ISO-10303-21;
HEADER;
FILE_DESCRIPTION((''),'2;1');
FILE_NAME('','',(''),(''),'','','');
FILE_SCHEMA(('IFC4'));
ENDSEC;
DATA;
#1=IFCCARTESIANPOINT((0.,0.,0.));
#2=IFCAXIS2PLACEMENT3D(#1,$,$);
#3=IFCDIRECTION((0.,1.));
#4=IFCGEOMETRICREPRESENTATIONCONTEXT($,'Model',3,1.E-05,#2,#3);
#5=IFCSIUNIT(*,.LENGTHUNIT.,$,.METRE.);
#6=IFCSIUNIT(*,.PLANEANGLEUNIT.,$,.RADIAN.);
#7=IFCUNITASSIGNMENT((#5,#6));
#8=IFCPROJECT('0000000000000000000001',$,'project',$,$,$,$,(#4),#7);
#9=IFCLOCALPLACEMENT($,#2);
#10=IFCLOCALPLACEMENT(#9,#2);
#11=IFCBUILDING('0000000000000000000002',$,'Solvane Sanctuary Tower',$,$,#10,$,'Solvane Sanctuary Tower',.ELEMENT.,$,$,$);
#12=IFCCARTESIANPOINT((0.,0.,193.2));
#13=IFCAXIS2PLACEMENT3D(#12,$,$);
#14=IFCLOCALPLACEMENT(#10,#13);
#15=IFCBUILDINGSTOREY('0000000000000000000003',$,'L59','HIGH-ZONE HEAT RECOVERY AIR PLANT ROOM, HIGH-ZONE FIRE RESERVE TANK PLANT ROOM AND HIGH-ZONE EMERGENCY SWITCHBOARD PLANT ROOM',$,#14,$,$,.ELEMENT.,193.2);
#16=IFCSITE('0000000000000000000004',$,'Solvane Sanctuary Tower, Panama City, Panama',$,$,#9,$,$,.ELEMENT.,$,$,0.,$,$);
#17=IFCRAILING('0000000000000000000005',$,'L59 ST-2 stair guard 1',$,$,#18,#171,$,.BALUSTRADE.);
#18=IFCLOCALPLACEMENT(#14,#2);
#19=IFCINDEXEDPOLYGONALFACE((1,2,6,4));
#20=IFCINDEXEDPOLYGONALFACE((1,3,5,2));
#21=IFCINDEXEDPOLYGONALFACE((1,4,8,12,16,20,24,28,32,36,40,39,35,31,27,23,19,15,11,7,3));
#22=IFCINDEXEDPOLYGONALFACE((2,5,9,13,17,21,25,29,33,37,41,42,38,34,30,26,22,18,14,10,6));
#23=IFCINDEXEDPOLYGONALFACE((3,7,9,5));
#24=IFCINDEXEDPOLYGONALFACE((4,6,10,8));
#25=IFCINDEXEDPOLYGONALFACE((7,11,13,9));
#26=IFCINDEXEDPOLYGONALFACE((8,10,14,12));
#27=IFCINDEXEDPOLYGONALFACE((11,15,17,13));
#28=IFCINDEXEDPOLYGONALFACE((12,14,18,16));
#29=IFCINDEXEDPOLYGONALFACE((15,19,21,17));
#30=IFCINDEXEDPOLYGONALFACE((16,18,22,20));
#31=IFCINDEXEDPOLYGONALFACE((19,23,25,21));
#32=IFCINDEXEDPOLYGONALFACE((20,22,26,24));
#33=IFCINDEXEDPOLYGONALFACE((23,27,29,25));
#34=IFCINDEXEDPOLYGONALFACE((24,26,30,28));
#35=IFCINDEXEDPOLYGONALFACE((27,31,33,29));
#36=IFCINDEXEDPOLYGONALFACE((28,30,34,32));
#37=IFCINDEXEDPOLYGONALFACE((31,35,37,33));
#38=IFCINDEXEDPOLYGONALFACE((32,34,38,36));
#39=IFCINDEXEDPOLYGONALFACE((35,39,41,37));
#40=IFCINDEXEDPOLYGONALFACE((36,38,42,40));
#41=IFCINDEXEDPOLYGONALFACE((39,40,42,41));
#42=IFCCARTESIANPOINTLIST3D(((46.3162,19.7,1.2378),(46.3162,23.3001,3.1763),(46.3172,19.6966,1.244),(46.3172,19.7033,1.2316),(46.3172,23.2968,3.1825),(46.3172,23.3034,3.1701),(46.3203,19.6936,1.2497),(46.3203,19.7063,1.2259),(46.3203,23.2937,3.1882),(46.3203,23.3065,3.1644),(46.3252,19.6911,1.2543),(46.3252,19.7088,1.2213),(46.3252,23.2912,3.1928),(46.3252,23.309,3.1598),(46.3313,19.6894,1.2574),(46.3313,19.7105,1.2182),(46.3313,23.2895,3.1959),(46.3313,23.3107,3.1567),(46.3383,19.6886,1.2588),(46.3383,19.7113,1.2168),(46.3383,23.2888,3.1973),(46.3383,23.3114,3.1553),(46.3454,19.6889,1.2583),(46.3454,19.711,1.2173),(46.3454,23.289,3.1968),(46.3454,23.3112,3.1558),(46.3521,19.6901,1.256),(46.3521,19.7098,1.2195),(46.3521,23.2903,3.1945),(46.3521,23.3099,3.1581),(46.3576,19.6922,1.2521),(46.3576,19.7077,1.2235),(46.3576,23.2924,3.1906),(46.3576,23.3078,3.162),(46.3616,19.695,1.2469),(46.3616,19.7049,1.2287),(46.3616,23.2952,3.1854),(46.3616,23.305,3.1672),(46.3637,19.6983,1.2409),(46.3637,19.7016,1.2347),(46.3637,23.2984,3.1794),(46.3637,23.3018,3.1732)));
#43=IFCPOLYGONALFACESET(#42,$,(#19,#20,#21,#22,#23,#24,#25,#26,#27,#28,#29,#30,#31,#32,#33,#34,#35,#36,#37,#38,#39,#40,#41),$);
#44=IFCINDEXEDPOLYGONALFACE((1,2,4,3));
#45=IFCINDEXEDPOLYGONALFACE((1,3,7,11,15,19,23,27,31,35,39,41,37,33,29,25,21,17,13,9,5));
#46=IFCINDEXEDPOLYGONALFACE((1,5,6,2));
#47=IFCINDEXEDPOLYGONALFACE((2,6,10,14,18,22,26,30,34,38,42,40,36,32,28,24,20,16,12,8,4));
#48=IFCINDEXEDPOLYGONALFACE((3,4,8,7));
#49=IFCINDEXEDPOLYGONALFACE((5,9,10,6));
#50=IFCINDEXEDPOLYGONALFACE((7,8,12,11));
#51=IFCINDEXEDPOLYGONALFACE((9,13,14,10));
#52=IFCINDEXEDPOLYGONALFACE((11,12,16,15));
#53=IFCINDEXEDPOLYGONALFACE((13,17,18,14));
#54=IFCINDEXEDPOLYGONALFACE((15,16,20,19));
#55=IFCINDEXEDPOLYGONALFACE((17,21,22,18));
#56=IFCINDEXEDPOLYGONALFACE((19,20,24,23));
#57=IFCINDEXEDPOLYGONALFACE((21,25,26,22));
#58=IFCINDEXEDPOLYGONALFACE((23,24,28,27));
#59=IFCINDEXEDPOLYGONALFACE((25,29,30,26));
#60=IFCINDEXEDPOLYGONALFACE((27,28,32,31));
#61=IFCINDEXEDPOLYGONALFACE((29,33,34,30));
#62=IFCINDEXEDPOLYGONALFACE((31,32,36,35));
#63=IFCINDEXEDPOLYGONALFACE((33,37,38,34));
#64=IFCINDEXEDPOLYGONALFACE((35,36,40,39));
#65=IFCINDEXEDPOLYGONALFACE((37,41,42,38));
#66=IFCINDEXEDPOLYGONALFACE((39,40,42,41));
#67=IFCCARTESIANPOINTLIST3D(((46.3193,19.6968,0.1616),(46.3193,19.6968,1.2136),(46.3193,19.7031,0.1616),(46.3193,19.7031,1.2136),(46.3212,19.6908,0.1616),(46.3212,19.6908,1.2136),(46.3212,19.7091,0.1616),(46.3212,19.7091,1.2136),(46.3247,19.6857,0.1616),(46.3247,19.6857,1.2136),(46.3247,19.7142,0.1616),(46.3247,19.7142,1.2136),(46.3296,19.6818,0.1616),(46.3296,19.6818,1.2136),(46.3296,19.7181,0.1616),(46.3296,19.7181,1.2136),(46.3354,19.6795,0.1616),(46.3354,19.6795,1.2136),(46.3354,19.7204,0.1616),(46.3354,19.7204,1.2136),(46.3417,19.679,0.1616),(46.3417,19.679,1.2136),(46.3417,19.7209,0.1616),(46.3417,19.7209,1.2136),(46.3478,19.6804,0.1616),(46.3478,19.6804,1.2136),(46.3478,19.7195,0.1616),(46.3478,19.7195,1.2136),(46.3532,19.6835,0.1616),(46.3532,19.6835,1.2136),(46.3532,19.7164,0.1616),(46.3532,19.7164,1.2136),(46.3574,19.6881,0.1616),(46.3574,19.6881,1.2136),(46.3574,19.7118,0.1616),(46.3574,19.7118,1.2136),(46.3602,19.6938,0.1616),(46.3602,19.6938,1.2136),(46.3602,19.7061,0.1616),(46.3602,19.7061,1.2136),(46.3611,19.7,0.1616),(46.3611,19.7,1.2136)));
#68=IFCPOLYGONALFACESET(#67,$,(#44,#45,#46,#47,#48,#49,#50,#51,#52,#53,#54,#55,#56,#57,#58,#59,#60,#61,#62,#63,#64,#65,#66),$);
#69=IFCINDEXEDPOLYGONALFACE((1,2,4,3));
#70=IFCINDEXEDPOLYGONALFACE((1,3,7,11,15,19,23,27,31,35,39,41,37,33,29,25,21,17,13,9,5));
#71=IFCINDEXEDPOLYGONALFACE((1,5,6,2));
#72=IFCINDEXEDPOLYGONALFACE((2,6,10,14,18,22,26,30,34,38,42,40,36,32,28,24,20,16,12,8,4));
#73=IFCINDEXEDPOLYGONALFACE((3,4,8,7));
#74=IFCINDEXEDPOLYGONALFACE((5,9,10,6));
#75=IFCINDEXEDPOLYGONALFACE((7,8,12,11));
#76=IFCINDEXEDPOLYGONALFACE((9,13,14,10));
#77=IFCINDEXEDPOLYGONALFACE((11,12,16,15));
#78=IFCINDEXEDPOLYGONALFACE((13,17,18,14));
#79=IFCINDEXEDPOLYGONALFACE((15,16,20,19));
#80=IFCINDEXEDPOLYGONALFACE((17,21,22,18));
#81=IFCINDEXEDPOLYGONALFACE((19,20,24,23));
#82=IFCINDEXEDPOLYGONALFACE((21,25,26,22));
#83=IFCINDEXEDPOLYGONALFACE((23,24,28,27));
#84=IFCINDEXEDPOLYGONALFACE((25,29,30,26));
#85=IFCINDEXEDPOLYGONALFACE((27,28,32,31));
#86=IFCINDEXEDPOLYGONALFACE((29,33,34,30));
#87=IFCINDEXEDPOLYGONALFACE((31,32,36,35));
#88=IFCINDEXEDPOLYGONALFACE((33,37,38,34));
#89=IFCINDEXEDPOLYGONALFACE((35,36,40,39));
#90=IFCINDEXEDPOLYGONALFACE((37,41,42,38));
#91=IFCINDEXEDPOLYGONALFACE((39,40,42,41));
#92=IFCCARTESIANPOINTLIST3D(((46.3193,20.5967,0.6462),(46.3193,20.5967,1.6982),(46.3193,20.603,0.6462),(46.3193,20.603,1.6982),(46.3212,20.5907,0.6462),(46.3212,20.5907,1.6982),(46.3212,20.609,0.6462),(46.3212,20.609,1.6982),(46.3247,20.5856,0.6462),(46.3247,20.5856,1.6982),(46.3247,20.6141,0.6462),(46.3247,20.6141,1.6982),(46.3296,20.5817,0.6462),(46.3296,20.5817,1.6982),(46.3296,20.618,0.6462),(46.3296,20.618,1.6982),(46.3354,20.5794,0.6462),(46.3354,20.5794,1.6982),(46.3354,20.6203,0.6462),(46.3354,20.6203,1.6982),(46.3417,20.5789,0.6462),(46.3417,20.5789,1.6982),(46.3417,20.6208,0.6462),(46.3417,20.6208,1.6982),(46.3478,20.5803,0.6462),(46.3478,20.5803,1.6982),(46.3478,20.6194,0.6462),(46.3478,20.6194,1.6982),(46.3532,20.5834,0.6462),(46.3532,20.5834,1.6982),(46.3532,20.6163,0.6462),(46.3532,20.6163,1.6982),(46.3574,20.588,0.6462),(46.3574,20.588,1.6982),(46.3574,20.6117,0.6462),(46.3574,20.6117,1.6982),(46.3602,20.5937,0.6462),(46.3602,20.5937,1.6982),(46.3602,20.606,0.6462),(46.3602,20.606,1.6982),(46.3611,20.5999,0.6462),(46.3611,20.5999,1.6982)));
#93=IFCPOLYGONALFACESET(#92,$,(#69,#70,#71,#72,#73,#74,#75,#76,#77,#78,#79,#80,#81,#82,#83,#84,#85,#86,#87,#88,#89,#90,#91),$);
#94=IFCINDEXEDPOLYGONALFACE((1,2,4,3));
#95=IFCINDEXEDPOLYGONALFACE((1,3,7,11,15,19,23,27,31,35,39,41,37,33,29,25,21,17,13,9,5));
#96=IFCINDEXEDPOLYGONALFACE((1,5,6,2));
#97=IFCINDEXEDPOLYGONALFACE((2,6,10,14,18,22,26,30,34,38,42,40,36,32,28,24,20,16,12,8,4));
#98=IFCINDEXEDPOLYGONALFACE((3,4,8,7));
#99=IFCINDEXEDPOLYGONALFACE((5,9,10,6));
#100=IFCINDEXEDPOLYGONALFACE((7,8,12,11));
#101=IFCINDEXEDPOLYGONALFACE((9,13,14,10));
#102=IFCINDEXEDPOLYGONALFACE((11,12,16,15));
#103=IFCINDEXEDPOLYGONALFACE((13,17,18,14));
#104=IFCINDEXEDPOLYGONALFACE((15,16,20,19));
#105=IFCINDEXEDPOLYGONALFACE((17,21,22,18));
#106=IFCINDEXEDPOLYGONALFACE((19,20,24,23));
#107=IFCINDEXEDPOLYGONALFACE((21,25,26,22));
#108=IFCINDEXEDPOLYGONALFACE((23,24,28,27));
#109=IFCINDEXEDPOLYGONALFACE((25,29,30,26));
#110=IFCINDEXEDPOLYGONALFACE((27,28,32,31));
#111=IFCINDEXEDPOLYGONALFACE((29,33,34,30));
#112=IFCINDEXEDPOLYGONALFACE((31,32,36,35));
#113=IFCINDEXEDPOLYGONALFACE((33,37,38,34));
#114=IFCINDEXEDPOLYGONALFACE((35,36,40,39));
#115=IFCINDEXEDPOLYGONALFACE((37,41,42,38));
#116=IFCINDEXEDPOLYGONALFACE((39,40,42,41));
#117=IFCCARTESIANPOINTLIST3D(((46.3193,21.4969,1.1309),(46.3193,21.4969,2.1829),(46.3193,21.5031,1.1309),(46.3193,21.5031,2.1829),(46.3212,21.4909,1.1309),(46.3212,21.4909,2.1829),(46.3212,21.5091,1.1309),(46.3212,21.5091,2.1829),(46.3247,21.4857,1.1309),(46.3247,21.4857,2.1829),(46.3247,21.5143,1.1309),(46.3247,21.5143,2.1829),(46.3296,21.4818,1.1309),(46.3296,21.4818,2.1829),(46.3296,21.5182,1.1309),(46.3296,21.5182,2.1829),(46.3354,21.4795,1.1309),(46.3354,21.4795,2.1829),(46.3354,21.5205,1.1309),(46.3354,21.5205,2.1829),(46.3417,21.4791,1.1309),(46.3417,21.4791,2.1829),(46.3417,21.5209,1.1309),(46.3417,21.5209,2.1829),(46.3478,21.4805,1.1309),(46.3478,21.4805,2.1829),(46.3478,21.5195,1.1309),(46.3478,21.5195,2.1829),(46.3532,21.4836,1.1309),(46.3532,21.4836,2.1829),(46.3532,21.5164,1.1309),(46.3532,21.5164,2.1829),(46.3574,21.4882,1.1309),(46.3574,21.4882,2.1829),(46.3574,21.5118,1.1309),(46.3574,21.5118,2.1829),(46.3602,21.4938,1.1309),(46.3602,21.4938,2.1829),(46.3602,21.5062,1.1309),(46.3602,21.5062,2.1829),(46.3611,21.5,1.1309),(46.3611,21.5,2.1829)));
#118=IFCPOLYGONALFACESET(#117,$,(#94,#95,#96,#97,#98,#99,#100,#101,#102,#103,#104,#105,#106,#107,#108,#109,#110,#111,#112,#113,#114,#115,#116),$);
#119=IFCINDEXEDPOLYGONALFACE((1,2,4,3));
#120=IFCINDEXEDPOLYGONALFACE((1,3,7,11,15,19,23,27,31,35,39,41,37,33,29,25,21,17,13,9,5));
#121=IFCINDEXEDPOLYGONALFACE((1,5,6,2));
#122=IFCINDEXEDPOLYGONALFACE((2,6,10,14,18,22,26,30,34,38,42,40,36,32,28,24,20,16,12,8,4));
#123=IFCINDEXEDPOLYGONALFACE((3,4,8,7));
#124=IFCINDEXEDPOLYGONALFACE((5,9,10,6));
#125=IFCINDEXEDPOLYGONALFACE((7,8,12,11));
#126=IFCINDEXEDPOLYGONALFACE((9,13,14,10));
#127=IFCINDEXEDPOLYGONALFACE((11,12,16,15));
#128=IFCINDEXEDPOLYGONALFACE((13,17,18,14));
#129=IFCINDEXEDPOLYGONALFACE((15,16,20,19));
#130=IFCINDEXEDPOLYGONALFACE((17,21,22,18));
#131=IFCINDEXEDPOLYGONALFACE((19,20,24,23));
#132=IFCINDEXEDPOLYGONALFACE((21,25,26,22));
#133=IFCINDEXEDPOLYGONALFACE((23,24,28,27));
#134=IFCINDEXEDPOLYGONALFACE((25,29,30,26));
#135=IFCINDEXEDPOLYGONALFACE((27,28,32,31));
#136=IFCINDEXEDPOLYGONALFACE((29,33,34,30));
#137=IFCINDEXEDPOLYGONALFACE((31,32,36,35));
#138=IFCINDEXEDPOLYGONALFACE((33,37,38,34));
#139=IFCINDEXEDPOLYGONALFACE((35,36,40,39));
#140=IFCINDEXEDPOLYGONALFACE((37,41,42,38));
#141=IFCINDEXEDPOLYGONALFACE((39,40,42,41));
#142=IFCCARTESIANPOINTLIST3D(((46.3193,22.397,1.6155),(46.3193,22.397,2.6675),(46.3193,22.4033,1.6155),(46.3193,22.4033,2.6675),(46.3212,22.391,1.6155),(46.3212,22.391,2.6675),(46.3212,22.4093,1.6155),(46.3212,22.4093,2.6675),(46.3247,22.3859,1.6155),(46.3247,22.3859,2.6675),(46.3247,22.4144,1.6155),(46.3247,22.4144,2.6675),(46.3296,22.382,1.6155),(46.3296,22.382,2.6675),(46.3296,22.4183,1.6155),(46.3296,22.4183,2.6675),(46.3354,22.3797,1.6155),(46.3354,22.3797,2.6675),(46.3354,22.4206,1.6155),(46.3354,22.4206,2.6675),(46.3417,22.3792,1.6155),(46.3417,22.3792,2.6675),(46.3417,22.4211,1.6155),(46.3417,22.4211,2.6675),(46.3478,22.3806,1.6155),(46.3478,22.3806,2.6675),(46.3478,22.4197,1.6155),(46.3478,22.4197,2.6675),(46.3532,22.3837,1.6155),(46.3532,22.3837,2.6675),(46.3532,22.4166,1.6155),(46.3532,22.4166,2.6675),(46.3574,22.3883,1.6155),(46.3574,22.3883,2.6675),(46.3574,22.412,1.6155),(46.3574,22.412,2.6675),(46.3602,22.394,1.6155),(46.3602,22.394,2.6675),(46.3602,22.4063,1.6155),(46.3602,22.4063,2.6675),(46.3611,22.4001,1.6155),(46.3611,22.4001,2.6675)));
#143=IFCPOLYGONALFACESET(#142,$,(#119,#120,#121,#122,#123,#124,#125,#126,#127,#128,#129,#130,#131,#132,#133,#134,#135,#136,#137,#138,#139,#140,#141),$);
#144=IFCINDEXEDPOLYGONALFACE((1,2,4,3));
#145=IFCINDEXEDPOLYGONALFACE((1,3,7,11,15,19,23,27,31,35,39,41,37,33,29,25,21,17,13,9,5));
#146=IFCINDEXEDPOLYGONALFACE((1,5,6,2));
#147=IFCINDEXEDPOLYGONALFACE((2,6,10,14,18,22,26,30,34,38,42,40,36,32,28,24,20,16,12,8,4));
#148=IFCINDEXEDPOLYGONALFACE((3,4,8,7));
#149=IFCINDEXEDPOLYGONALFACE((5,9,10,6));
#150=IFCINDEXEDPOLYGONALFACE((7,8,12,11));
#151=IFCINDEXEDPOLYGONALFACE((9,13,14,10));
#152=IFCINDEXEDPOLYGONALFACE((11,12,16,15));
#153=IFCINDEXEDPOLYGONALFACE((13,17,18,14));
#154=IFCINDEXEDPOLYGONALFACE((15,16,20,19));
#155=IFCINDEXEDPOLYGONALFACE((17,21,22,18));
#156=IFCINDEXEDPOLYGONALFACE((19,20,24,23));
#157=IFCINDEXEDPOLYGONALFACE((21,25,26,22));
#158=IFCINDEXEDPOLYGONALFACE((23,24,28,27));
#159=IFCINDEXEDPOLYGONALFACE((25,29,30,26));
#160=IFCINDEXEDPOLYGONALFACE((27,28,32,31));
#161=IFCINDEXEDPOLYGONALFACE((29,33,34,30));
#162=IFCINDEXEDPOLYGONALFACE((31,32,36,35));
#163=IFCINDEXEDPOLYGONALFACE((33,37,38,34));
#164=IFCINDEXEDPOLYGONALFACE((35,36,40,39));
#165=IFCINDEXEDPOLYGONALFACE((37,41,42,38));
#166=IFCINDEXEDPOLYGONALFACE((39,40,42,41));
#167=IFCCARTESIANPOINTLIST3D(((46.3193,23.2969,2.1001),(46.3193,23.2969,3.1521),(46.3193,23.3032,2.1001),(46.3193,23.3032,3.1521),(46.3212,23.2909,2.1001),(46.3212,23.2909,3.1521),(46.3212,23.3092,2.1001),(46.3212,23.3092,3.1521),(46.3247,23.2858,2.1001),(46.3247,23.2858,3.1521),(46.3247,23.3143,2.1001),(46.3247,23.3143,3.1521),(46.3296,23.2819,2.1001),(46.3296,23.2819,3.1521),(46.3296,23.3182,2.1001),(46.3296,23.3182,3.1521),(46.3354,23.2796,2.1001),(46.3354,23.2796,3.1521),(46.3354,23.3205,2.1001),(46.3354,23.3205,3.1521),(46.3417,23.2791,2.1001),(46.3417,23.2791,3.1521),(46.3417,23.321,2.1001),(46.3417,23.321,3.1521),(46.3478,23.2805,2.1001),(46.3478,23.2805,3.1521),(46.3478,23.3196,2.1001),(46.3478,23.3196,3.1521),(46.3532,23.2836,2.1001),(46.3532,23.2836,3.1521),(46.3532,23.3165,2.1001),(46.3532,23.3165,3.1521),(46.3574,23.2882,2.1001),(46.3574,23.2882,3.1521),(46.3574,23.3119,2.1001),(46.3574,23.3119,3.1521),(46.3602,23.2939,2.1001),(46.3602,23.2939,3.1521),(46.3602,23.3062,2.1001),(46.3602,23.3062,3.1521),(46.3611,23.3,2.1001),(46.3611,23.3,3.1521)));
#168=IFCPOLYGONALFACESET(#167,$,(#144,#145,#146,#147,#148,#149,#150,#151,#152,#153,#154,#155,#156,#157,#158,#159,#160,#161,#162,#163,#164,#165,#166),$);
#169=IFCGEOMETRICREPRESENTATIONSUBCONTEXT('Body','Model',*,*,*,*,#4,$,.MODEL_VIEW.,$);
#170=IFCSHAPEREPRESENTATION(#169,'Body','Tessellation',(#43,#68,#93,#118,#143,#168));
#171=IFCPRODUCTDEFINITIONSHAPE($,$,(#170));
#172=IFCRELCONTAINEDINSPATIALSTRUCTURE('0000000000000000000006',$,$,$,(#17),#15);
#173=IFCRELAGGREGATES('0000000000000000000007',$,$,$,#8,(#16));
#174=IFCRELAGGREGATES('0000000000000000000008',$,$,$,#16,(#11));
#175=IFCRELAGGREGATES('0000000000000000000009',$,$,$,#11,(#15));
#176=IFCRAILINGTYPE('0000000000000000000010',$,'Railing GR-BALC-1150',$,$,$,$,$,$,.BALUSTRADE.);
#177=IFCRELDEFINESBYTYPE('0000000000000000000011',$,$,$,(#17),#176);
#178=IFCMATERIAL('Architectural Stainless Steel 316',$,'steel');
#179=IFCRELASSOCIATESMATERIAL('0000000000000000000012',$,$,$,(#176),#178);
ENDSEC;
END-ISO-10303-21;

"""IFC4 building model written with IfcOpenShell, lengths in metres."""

from ifc_helpers import new_model, si_unit, direction, frame, origin, origin_2d, place, context, subcontext, project, spatial, circle, extrude, material, type_object, element, save


model = new_model("IFC4")

# Units and contexts
model_context = context("Model", 3, precision=1e-05, world=origin(), true_north=direction((0.0, 1.0)))
body_context = subcontext(model_context, "Body", "Model", "MODEL_VIEW")
ifc_project = project(units=[si_unit("LENGTHUNIT", "METRE"), si_unit("PLANEANGLEUNIT", "RADIAN")], contexts=[model_context])

# Site, building, storey
site_placement = place(None, origin())
site = spatial("IfcSite", under=ifc_project, at=site_placement, Name="Solvane Sanctuary Tower, Panama City, Panama", CompositionType="ELEMENT", RefElevation=0.0)
building_placement = place(site_placement, origin())
building = spatial("IfcBuilding", under=site, at=building_placement, Name="Solvane Sanctuary Tower", LongName="Solvane Sanctuary Tower", CompositionType="ELEMENT")
storey_placement = place(building_placement, frame((0.0, 0.0, 193.2)))
storey = spatial("IfcBuildingStorey", under=building, at=storey_placement, Name="L59", Description="HIGH-ZONE HEAT RECOVERY AIR PLANT ROOM, HIGH-ZONE FIRE RESERVE TANK PLANT ROOM AND HIGH-ZONE EMERGENCY SWITCHBOARD PLANT ROOM", CompositionType="ELEMENT", Elevation=193.2)

# Shared definitions
ifc_material_1 = material(Name="Architectural Stainless Steel 316", Category="steel")

# Railing
railing_type_1 = type_object("IfcRailingType", Name="Railing GR-BALC-1150", PredefinedType="BALUSTRADE", material=ifc_material_1)
railing_1_placement = place(storey_placement, frame((46.3401, 19.7, 0.1616)))
element("IfcRailing", 1, at=railing_1_placement, inside=storey, type_object=railing_type_1, Name="L59 ST-2 stair guard 1", PredefinedType="BALUSTRADE", context=body_context, shape_type="SweptSolid", body=[
    extrude(circle(Radius=0.0239, at=origin_2d()), frame((0.0, 0.0, 1.0762), z_axis=(0.0, 0.880475, 0.474093), x_axis=(-1.0, 0.0, 0.0)), (0.0, 0.0, 1.0), 4.0889),
    extrude(circle(Radius=0.021, at=origin_2d()), origin(), (0.0, 0.0, 1.0), 1.052),
    extrude(circle(Radius=0.021, at=origin_2d()), frame((0.0, 0.8999, 0.4846)), (0.0, 0.0, 1.0), 1.052),
    extrude(circle(Radius=0.021, at=origin_2d()), frame((0.0, 1.8, 0.9692)), (0.0, 0.0, 1.0), 1.052),
    extrude(circle(Radius=0.021, at=origin_2d()), frame((0.0, 2.7002, 1.4539)), (0.0, 0.0, 1.0), 1.052),
    extrude(circle(Radius=0.021, at=origin_2d()), frame((0.0, 3.6001, 1.9385)), (0.0, 0.0, 1.0), 1.052),
])

save(model, "model.ifc")
